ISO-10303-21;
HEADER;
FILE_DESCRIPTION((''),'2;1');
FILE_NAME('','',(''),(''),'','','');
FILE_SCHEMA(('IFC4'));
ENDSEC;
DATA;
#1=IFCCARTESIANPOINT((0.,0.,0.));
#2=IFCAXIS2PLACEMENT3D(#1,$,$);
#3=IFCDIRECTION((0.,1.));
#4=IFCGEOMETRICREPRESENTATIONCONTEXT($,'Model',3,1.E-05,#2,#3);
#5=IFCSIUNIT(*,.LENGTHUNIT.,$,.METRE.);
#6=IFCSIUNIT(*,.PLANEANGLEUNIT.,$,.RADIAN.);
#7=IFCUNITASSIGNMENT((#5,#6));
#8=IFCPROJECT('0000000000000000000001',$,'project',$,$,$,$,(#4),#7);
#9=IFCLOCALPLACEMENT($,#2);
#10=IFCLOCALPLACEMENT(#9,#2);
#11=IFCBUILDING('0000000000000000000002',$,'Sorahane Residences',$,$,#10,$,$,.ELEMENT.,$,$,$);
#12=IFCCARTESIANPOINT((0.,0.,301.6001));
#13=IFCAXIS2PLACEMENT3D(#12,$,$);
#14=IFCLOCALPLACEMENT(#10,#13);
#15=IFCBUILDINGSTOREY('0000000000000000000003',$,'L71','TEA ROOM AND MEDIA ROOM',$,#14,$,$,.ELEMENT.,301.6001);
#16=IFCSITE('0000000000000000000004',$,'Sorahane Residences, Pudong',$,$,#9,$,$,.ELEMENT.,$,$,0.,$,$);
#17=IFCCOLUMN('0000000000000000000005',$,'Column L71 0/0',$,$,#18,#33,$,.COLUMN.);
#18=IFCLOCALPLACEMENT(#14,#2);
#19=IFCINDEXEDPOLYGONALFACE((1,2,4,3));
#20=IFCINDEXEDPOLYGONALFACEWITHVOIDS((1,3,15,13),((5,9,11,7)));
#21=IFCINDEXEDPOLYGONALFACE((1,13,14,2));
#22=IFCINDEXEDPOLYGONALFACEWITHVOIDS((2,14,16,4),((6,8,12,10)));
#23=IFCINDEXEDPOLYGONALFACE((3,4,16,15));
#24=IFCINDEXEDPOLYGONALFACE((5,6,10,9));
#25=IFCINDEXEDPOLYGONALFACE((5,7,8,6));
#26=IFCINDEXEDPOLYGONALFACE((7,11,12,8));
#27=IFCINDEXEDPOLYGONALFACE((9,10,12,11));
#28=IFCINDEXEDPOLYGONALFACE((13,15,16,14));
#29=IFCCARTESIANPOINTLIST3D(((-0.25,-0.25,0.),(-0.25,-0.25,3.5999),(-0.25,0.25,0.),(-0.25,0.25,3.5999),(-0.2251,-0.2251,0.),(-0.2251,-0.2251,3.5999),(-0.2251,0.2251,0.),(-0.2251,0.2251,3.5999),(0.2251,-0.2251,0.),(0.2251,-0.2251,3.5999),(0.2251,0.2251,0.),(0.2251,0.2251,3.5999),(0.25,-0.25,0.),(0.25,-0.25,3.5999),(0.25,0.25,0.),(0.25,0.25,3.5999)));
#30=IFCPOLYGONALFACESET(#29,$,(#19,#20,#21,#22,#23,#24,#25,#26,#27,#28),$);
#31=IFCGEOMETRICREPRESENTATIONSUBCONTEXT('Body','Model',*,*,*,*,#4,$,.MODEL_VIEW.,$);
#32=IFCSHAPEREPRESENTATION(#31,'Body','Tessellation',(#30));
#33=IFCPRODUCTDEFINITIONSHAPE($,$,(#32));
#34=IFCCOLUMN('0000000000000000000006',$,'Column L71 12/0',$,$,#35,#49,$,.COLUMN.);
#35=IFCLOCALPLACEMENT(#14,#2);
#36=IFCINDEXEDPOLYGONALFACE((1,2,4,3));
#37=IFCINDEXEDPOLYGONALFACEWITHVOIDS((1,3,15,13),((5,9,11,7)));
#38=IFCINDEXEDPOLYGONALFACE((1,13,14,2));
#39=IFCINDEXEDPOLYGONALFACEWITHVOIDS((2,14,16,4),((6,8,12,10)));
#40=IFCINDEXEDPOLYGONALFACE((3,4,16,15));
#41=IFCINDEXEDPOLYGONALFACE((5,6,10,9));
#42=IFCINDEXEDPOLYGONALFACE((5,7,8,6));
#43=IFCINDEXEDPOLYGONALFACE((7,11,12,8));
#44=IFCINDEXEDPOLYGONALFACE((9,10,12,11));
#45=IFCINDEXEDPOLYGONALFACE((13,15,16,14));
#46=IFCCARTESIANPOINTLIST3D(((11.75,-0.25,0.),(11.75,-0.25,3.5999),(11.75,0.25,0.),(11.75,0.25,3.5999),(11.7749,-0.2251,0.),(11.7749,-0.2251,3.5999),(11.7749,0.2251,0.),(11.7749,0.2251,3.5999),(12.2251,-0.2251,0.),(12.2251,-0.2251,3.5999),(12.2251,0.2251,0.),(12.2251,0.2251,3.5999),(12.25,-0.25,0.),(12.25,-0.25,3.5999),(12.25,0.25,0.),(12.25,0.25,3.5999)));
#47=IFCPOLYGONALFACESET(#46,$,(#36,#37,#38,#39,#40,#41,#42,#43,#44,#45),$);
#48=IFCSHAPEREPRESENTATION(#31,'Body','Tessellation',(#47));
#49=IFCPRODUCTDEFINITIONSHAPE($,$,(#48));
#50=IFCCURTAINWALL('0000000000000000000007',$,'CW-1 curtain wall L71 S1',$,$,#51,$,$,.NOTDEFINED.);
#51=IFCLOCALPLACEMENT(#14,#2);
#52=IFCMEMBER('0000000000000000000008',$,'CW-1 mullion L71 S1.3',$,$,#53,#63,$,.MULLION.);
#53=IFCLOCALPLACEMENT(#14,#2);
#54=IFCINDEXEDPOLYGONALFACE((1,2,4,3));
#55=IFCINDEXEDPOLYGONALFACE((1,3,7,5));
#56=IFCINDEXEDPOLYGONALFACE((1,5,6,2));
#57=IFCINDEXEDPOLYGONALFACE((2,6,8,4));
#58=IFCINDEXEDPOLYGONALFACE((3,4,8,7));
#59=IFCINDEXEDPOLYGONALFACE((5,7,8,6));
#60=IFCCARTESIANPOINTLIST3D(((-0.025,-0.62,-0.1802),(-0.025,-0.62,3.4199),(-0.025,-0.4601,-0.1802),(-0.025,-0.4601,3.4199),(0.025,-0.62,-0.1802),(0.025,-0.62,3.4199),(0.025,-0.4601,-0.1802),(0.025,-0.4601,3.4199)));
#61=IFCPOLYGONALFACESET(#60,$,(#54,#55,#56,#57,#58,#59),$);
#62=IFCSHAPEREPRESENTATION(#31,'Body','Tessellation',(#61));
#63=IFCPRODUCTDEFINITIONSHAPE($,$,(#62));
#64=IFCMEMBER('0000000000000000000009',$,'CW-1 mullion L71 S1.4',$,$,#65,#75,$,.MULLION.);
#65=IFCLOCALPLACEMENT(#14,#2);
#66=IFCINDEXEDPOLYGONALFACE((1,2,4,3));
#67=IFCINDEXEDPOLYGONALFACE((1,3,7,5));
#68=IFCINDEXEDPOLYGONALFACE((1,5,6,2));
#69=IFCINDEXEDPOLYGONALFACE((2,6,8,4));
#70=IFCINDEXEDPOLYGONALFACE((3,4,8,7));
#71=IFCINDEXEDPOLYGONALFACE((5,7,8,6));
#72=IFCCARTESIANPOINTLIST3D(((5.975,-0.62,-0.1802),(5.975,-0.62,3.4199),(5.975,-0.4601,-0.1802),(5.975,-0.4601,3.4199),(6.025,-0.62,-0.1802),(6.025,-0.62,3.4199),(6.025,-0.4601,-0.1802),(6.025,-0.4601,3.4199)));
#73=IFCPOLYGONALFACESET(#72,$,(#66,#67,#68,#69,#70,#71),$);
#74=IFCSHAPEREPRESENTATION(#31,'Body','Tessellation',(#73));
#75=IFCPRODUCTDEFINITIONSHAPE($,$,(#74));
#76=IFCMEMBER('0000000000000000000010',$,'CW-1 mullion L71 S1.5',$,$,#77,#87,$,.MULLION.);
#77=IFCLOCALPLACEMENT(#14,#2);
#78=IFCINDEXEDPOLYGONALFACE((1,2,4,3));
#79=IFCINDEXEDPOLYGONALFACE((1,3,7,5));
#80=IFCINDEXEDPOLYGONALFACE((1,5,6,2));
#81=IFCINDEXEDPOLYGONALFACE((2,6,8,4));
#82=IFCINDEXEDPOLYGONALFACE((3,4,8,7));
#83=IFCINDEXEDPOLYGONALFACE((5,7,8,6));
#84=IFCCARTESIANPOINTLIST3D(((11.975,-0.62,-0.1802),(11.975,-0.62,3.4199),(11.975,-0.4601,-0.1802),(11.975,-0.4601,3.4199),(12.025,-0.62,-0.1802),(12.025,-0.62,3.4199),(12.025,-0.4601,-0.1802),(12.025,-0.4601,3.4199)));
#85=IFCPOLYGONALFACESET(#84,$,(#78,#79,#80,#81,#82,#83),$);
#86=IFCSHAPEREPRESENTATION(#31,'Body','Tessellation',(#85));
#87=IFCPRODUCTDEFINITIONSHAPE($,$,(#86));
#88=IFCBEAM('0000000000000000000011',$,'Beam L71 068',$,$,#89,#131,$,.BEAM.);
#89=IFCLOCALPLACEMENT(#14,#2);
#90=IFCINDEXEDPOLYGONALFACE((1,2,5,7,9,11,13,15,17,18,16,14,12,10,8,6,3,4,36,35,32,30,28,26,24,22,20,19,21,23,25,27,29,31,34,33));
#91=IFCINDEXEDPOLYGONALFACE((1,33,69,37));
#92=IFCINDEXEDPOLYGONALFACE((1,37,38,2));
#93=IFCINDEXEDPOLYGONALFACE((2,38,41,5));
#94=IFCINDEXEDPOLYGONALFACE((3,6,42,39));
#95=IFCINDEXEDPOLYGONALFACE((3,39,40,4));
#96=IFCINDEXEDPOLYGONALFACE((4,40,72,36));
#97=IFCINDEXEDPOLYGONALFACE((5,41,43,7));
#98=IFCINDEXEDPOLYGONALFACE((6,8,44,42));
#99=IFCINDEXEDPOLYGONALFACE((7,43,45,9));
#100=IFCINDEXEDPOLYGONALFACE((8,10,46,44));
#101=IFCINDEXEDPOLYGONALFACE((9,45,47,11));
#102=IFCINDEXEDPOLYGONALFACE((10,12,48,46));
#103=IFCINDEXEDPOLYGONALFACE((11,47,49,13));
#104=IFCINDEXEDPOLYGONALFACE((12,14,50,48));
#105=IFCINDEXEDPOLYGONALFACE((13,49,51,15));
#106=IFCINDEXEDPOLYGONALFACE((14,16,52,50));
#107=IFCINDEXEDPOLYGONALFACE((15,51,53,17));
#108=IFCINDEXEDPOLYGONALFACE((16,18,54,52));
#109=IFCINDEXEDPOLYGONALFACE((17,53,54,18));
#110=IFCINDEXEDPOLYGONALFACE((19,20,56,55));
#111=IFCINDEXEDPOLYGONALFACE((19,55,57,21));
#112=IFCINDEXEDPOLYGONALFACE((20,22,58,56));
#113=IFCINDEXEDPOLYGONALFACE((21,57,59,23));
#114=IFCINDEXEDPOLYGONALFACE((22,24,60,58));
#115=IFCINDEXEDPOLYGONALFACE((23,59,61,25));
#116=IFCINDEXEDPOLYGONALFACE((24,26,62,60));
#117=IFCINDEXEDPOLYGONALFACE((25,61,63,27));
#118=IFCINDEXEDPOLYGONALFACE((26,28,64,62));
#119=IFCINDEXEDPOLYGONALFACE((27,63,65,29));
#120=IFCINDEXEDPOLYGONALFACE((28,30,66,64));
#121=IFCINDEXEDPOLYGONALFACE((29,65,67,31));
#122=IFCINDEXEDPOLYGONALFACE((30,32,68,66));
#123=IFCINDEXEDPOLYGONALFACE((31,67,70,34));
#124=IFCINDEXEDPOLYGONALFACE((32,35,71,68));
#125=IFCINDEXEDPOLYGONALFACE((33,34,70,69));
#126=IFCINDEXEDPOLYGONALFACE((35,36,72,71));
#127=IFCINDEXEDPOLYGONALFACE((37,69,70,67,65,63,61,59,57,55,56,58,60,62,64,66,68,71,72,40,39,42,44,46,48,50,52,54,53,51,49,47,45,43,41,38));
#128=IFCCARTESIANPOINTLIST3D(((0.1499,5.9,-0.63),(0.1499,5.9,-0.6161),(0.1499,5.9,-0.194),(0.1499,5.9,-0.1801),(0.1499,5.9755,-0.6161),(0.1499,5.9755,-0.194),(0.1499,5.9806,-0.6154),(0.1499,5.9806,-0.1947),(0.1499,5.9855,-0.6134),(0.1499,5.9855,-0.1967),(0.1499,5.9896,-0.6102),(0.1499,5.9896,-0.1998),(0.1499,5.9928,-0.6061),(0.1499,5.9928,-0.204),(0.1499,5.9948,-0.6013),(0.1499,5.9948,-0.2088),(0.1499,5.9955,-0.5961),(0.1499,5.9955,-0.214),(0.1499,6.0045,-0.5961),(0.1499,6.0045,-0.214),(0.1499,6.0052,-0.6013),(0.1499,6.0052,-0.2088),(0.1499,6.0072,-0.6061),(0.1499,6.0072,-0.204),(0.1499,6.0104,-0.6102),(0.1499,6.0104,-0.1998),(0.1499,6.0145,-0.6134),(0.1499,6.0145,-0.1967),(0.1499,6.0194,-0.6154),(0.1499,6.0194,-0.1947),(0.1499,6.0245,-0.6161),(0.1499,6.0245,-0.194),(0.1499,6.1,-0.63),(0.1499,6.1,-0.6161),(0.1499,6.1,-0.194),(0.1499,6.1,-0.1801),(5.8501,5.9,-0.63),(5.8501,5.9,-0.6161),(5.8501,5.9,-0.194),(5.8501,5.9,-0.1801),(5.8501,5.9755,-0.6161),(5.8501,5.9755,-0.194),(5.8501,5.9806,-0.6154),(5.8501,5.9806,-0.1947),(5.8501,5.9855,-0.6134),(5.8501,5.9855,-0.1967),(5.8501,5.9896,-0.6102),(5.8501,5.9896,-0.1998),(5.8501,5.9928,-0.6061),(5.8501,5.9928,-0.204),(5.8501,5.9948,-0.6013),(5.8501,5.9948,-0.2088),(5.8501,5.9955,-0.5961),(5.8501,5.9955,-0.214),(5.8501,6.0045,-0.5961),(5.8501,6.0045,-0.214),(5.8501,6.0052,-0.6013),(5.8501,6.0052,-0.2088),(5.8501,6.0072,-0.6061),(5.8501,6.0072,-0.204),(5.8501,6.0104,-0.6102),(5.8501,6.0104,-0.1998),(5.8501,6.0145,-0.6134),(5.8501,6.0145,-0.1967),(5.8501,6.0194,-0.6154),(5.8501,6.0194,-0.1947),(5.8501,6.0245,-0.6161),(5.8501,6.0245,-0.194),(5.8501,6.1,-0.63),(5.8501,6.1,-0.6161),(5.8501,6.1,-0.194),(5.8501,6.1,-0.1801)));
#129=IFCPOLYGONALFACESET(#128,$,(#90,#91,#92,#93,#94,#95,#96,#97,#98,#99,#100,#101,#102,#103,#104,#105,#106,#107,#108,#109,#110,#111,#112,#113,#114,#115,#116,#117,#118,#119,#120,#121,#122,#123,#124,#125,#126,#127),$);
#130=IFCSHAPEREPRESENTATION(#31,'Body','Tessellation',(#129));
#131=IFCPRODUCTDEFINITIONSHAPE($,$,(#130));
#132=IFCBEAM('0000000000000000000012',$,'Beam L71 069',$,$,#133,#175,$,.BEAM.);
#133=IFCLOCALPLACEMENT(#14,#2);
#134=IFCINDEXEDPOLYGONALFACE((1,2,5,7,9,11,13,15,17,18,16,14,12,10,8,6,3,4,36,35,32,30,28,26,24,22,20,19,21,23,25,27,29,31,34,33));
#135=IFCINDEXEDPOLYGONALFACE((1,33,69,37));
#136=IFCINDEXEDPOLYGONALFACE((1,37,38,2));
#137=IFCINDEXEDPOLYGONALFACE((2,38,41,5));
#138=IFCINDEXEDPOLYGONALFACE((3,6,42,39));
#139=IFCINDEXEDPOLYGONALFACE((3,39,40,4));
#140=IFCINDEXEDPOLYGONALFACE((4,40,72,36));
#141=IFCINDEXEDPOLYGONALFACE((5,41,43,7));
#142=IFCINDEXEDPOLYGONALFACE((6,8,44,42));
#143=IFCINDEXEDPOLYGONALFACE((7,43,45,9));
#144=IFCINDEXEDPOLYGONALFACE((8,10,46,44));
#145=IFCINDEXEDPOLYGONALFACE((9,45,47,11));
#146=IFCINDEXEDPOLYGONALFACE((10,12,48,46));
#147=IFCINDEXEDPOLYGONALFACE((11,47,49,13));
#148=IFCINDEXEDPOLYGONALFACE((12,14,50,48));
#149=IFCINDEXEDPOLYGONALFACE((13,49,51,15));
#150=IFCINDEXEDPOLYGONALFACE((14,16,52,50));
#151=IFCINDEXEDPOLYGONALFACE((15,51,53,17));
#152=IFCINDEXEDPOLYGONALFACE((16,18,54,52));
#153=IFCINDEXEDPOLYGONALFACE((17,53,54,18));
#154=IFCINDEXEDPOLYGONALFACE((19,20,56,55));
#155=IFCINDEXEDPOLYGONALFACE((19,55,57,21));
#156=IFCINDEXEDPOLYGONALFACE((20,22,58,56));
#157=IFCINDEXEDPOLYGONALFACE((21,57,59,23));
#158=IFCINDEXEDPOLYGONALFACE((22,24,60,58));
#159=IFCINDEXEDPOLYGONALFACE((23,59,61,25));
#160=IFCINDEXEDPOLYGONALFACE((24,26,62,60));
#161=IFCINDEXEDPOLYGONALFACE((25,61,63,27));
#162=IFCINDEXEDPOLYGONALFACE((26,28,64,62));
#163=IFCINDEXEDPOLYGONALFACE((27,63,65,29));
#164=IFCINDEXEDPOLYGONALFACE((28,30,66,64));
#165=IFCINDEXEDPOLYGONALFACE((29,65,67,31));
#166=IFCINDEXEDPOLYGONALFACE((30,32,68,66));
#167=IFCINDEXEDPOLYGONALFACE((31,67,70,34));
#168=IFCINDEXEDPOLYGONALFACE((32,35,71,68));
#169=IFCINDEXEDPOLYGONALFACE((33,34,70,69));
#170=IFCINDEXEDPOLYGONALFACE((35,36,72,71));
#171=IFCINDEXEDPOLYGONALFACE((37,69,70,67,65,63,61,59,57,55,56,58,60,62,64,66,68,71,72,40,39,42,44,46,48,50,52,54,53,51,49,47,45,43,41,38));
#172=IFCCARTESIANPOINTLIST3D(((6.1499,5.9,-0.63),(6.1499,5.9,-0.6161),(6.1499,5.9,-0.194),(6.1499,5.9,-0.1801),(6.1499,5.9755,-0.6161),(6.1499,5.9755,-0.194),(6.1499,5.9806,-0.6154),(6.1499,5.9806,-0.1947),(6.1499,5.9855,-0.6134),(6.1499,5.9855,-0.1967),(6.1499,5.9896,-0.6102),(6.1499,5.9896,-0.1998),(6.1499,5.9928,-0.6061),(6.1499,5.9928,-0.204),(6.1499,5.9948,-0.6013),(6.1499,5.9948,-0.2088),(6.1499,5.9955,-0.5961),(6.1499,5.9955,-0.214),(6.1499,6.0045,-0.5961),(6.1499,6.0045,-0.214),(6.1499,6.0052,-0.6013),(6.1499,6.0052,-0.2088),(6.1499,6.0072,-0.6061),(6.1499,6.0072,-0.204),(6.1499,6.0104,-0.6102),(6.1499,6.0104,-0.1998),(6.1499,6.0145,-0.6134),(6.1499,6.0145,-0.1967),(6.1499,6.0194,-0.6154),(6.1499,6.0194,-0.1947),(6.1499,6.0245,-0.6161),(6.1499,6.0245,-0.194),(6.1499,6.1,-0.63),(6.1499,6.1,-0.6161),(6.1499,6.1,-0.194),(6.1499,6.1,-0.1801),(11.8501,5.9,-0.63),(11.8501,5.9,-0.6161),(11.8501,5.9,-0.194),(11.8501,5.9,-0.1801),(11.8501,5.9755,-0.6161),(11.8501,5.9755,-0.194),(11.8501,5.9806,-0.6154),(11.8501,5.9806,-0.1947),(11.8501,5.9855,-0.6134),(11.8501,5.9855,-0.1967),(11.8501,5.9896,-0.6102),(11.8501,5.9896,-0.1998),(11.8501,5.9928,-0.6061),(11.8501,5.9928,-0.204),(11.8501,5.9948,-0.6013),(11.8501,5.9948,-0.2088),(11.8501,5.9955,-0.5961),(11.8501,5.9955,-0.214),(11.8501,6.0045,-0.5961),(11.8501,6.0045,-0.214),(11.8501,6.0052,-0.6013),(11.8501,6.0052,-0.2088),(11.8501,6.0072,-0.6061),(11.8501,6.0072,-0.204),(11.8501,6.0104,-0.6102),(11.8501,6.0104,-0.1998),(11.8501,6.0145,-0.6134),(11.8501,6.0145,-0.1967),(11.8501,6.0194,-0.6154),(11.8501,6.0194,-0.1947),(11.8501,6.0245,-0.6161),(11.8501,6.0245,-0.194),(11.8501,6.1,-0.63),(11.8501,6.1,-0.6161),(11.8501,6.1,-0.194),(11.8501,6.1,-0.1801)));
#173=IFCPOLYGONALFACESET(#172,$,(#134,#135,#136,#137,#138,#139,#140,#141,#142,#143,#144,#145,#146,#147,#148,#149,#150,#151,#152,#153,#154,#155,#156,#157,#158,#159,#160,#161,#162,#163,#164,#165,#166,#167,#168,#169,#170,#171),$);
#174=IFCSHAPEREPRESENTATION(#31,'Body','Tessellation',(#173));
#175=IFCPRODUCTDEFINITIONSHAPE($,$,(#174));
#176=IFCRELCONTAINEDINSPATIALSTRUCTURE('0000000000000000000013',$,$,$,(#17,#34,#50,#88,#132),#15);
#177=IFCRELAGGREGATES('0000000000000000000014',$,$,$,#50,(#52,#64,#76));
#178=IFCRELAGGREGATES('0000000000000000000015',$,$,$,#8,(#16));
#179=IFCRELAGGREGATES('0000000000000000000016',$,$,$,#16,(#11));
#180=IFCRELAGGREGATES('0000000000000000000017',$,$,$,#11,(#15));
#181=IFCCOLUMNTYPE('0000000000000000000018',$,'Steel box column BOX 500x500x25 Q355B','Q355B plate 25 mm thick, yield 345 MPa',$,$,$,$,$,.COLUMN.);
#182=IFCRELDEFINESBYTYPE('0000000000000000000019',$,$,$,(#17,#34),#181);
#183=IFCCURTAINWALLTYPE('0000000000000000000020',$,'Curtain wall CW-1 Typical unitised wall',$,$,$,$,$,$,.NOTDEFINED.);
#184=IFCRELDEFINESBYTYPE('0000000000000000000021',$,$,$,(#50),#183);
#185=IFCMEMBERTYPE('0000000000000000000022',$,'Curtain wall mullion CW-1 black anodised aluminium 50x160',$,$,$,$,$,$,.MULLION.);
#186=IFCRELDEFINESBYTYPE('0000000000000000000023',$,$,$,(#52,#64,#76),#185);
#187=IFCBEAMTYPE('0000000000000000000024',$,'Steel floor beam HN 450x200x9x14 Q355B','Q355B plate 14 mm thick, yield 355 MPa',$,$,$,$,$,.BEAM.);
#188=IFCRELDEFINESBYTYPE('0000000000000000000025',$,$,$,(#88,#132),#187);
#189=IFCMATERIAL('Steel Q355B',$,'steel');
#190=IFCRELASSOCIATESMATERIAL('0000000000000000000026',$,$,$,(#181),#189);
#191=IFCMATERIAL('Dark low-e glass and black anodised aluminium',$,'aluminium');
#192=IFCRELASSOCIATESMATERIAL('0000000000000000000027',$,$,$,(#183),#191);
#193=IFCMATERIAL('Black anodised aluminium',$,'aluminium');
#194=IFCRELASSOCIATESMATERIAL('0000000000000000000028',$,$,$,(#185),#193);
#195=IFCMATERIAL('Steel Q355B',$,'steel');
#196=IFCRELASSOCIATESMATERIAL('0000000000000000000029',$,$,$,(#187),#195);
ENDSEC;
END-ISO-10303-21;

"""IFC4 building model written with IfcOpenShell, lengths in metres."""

from ifc_helpers import new_model, si_unit, direction, frame, origin, origin_2d, place, context, subcontext, project, spatial, rectangle, hollow_rectangle, i_section, extrude, material, material_profile, profile_set, type_object, element, aggregate, save


model = new_model("IFC4")

# Units and contexts
model_context = context("Model", 3, precision=1e-05, world=origin(), true_north=direction((0.0, 1.0)))
body_context = subcontext(model_context, "Body", "Model", "MODEL_VIEW")
ifc_project = project(units=[si_unit("LENGTHUNIT", "METRE"), si_unit("PLANEANGLEUNIT", "RADIAN")], contexts=[model_context])

# Site, building, storey
site_placement = place(None, origin())
site = spatial("IfcSite", under=ifc_project, at=site_placement, Name="Sorahane Residences, Pudong", CompositionType="ELEMENT", RefElevation=0.0)
building_placement = place(site_placement, origin())
building = spatial("IfcBuilding", under=site, at=building_placement, Name="Sorahane Residences", CompositionType="ELEMENT")
storey_placement = place(building_placement, frame((0.0, 0.0, 301.6001)))
storey = spatial("IfcBuildingStorey", under=building, at=storey_placement, Name="L71", Description="TEA ROOM AND MEDIA ROOM", CompositionType="ELEMENT", Elevation=301.6001)

# Columns
ifc_material_1 = material(Name="Steel Q355B", Category="steel")
ifc_material_profile_1 = material_profile(ifc_material_1, hollow_rectangle(XDim=0.5, YDim=0.5, WallThickness=0.0249, at=origin_2d()), Name="BOX 500x500x25")
ifc_profile_set_1 = profile_set([ifc_material_profile_1], Name="Steel Q355B")
column_type = type_object("IfcColumnType", Name="Steel box column BOX 500x500x25 Q355B", Description="Q355B plate 25 mm thick, yield 345 MPa", PredefinedType="COLUMN", material=ifc_profile_set_1)
for number, where, z_axis, x_axis, name in (
    (1, (0.0, 0.0, 0.0), (0.0, 0.0, 1.0), (1.0, 0.0, 0.0), "Column L71 0/0"),
    (2, (12.0, 0.0, 0.0), (0.0, 0.0, 1.0), (1.0, 0.0, 0.0), "Column L71 12/0"),
):
    element("IfcColumn", number, at=place(storey_placement, frame(where, z_axis=z_axis, x_axis=x_axis)), inside=storey, type_object=column_type, Name=name, PredefinedType="COLUMN", context=body_context, shape_type="SweptSolid", body=[
        extrude(hollow_rectangle(XDim=0.5, YDim=0.5, WallThickness=0.0249, at=origin_2d()), origin(), (0.0, 0.0, 1.0), 3.5999),
    ])

# Curtain wall, members
ifc_material_2 = material(Name="Dark low-e glass and black anodised aluminium", Category="aluminium")
curtain_wall_type = type_object("IfcCurtainWallType", Name="Curtain wall CW-1 Typical unitised wall", PredefinedType="NOTDEFINED", material=ifc_material_2)
curtain_wall_placement = place(storey_placement, origin())
curtain_wall = element("IfcCurtainWall", 3, at=curtain_wall_placement, inside=storey, type_object=curtain_wall_type, Name="CW-1 curtain wall L71 S1", PredefinedType="NOTDEFINED")
ifc_material_3 = material(Name="Black anodised aluminium", Category="aluminium")
ifc_material_profile_2 = material_profile(ifc_material_3, rectangle(XDim=0.1599, YDim=0.05, at=origin_2d()), Name="Curtain wall mullion CW-1 black anodised aluminium 50x160")
ifc_profile_set_2 = profile_set([ifc_material_profile_2], Name="Black anodised aluminium")
member_type = type_object("IfcMemberType", Name="Curtain wall mullion CW-1 black anodised aluminium 50x160", PredefinedType="MULLION", material=ifc_profile_set_2)
member_1_placement = place(storey_placement, frame((0.0, -0.54, -0.1802), z_axis=(0.0, 0.0, 1.0), x_axis=(0.0, -1.0, 0.0)))
member_1 = element("IfcMember", 4, at=member_1_placement, type_object=member_type, Name="CW-1 mullion L71 S1.3", PredefinedType="MULLION", context=body_context, shape_type="SweptSolid", body=[
    extrude(rectangle(XDim=0.1599, YDim=0.05, at=origin_2d()), origin(), (0.0, 0.0, 1.0), 3.6001),
])
member_2_placement = place(storey_placement, frame((6.0, -0.54, -0.1802), z_axis=(0.0, 0.0, 1.0), x_axis=(0.0, -1.0, 0.0)))
member_2 = element("IfcMember", 5, at=member_2_placement, type_object=member_type, Name="CW-1 mullion L71 S1.4", PredefinedType="MULLION", context=body_context, shape_type="SweptSolid", body=[
    extrude(rectangle(XDim=0.1599, YDim=0.05, at=origin_2d()), origin(), (0.0, 0.0, 1.0), 3.6001),
])
member_3_placement = place(storey_placement, frame((12.0, -0.54, -0.1802), z_axis=(0.0, 0.0, 1.0), x_axis=(0.0, -1.0, 0.0)))
member_3 = element("IfcMember", 6, at=member_3_placement, type_object=member_type, Name="CW-1 mullion L71 S1.5", PredefinedType="MULLION", context=body_context, shape_type="SweptSolid", body=[
    extrude(rectangle(XDim=0.1599, YDim=0.05, at=origin_2d()), origin(), (0.0, 0.0, 1.0), 3.6001),
])

# Beams
ifc_material_4 = material(Name="Steel Q355B", Category="steel")
ifc_material_profile_3 = material_profile(ifc_material_4, i_section(OverallWidth=0.2, OverallDepth=0.45, WebThickness=0.009, FlangeThickness=0.0139, FilletRadius=0.02, at=origin_2d()), Name="HN 450x200x9x14")
ifc_profile_set_3 = profile_set([ifc_material_profile_3], Name="Steel Q355B")
beam_type_1 = type_object("IfcBeamType", Name="Steel floor beam HN 450x200x9x14 Q355B", Description="Q355B plate 14 mm thick, yield 355 MPa", PredefinedType="BEAM", material=ifc_profile_set_3)
for number, where, z_axis, x_axis, name in (
    (7, (0.1499, 6.0, -0.405), (1.0, 0.0, 0.0), (0.0, 1.0, 0.0), "Beam L71 068"),
    (8, (6.1499, 6.0, -0.405), (1.0, 0.0, 0.0), (0.0, 1.0, 0.0), "Beam L71 069"),
):
    element("IfcBeam", number, at=place(storey_placement, frame(where, z_axis=z_axis, x_axis=x_axis)), inside=storey, type_object=beam_type_1, Name=name, PredefinedType="BEAM", context=body_context, shape_type="SweptSolid", body=[
        extrude(i_section(OverallWidth=0.2, OverallDepth=0.45, WebThickness=0.009, FlangeThickness=0.0139, FilletRadius=0.02, at=origin_2d()), origin(), (0.0, 0.0, 1.0), 5.7002),
    ])

aggregate(curtain_wall, [member_1, member_2, member_3])

save(model, "model.ifc")
